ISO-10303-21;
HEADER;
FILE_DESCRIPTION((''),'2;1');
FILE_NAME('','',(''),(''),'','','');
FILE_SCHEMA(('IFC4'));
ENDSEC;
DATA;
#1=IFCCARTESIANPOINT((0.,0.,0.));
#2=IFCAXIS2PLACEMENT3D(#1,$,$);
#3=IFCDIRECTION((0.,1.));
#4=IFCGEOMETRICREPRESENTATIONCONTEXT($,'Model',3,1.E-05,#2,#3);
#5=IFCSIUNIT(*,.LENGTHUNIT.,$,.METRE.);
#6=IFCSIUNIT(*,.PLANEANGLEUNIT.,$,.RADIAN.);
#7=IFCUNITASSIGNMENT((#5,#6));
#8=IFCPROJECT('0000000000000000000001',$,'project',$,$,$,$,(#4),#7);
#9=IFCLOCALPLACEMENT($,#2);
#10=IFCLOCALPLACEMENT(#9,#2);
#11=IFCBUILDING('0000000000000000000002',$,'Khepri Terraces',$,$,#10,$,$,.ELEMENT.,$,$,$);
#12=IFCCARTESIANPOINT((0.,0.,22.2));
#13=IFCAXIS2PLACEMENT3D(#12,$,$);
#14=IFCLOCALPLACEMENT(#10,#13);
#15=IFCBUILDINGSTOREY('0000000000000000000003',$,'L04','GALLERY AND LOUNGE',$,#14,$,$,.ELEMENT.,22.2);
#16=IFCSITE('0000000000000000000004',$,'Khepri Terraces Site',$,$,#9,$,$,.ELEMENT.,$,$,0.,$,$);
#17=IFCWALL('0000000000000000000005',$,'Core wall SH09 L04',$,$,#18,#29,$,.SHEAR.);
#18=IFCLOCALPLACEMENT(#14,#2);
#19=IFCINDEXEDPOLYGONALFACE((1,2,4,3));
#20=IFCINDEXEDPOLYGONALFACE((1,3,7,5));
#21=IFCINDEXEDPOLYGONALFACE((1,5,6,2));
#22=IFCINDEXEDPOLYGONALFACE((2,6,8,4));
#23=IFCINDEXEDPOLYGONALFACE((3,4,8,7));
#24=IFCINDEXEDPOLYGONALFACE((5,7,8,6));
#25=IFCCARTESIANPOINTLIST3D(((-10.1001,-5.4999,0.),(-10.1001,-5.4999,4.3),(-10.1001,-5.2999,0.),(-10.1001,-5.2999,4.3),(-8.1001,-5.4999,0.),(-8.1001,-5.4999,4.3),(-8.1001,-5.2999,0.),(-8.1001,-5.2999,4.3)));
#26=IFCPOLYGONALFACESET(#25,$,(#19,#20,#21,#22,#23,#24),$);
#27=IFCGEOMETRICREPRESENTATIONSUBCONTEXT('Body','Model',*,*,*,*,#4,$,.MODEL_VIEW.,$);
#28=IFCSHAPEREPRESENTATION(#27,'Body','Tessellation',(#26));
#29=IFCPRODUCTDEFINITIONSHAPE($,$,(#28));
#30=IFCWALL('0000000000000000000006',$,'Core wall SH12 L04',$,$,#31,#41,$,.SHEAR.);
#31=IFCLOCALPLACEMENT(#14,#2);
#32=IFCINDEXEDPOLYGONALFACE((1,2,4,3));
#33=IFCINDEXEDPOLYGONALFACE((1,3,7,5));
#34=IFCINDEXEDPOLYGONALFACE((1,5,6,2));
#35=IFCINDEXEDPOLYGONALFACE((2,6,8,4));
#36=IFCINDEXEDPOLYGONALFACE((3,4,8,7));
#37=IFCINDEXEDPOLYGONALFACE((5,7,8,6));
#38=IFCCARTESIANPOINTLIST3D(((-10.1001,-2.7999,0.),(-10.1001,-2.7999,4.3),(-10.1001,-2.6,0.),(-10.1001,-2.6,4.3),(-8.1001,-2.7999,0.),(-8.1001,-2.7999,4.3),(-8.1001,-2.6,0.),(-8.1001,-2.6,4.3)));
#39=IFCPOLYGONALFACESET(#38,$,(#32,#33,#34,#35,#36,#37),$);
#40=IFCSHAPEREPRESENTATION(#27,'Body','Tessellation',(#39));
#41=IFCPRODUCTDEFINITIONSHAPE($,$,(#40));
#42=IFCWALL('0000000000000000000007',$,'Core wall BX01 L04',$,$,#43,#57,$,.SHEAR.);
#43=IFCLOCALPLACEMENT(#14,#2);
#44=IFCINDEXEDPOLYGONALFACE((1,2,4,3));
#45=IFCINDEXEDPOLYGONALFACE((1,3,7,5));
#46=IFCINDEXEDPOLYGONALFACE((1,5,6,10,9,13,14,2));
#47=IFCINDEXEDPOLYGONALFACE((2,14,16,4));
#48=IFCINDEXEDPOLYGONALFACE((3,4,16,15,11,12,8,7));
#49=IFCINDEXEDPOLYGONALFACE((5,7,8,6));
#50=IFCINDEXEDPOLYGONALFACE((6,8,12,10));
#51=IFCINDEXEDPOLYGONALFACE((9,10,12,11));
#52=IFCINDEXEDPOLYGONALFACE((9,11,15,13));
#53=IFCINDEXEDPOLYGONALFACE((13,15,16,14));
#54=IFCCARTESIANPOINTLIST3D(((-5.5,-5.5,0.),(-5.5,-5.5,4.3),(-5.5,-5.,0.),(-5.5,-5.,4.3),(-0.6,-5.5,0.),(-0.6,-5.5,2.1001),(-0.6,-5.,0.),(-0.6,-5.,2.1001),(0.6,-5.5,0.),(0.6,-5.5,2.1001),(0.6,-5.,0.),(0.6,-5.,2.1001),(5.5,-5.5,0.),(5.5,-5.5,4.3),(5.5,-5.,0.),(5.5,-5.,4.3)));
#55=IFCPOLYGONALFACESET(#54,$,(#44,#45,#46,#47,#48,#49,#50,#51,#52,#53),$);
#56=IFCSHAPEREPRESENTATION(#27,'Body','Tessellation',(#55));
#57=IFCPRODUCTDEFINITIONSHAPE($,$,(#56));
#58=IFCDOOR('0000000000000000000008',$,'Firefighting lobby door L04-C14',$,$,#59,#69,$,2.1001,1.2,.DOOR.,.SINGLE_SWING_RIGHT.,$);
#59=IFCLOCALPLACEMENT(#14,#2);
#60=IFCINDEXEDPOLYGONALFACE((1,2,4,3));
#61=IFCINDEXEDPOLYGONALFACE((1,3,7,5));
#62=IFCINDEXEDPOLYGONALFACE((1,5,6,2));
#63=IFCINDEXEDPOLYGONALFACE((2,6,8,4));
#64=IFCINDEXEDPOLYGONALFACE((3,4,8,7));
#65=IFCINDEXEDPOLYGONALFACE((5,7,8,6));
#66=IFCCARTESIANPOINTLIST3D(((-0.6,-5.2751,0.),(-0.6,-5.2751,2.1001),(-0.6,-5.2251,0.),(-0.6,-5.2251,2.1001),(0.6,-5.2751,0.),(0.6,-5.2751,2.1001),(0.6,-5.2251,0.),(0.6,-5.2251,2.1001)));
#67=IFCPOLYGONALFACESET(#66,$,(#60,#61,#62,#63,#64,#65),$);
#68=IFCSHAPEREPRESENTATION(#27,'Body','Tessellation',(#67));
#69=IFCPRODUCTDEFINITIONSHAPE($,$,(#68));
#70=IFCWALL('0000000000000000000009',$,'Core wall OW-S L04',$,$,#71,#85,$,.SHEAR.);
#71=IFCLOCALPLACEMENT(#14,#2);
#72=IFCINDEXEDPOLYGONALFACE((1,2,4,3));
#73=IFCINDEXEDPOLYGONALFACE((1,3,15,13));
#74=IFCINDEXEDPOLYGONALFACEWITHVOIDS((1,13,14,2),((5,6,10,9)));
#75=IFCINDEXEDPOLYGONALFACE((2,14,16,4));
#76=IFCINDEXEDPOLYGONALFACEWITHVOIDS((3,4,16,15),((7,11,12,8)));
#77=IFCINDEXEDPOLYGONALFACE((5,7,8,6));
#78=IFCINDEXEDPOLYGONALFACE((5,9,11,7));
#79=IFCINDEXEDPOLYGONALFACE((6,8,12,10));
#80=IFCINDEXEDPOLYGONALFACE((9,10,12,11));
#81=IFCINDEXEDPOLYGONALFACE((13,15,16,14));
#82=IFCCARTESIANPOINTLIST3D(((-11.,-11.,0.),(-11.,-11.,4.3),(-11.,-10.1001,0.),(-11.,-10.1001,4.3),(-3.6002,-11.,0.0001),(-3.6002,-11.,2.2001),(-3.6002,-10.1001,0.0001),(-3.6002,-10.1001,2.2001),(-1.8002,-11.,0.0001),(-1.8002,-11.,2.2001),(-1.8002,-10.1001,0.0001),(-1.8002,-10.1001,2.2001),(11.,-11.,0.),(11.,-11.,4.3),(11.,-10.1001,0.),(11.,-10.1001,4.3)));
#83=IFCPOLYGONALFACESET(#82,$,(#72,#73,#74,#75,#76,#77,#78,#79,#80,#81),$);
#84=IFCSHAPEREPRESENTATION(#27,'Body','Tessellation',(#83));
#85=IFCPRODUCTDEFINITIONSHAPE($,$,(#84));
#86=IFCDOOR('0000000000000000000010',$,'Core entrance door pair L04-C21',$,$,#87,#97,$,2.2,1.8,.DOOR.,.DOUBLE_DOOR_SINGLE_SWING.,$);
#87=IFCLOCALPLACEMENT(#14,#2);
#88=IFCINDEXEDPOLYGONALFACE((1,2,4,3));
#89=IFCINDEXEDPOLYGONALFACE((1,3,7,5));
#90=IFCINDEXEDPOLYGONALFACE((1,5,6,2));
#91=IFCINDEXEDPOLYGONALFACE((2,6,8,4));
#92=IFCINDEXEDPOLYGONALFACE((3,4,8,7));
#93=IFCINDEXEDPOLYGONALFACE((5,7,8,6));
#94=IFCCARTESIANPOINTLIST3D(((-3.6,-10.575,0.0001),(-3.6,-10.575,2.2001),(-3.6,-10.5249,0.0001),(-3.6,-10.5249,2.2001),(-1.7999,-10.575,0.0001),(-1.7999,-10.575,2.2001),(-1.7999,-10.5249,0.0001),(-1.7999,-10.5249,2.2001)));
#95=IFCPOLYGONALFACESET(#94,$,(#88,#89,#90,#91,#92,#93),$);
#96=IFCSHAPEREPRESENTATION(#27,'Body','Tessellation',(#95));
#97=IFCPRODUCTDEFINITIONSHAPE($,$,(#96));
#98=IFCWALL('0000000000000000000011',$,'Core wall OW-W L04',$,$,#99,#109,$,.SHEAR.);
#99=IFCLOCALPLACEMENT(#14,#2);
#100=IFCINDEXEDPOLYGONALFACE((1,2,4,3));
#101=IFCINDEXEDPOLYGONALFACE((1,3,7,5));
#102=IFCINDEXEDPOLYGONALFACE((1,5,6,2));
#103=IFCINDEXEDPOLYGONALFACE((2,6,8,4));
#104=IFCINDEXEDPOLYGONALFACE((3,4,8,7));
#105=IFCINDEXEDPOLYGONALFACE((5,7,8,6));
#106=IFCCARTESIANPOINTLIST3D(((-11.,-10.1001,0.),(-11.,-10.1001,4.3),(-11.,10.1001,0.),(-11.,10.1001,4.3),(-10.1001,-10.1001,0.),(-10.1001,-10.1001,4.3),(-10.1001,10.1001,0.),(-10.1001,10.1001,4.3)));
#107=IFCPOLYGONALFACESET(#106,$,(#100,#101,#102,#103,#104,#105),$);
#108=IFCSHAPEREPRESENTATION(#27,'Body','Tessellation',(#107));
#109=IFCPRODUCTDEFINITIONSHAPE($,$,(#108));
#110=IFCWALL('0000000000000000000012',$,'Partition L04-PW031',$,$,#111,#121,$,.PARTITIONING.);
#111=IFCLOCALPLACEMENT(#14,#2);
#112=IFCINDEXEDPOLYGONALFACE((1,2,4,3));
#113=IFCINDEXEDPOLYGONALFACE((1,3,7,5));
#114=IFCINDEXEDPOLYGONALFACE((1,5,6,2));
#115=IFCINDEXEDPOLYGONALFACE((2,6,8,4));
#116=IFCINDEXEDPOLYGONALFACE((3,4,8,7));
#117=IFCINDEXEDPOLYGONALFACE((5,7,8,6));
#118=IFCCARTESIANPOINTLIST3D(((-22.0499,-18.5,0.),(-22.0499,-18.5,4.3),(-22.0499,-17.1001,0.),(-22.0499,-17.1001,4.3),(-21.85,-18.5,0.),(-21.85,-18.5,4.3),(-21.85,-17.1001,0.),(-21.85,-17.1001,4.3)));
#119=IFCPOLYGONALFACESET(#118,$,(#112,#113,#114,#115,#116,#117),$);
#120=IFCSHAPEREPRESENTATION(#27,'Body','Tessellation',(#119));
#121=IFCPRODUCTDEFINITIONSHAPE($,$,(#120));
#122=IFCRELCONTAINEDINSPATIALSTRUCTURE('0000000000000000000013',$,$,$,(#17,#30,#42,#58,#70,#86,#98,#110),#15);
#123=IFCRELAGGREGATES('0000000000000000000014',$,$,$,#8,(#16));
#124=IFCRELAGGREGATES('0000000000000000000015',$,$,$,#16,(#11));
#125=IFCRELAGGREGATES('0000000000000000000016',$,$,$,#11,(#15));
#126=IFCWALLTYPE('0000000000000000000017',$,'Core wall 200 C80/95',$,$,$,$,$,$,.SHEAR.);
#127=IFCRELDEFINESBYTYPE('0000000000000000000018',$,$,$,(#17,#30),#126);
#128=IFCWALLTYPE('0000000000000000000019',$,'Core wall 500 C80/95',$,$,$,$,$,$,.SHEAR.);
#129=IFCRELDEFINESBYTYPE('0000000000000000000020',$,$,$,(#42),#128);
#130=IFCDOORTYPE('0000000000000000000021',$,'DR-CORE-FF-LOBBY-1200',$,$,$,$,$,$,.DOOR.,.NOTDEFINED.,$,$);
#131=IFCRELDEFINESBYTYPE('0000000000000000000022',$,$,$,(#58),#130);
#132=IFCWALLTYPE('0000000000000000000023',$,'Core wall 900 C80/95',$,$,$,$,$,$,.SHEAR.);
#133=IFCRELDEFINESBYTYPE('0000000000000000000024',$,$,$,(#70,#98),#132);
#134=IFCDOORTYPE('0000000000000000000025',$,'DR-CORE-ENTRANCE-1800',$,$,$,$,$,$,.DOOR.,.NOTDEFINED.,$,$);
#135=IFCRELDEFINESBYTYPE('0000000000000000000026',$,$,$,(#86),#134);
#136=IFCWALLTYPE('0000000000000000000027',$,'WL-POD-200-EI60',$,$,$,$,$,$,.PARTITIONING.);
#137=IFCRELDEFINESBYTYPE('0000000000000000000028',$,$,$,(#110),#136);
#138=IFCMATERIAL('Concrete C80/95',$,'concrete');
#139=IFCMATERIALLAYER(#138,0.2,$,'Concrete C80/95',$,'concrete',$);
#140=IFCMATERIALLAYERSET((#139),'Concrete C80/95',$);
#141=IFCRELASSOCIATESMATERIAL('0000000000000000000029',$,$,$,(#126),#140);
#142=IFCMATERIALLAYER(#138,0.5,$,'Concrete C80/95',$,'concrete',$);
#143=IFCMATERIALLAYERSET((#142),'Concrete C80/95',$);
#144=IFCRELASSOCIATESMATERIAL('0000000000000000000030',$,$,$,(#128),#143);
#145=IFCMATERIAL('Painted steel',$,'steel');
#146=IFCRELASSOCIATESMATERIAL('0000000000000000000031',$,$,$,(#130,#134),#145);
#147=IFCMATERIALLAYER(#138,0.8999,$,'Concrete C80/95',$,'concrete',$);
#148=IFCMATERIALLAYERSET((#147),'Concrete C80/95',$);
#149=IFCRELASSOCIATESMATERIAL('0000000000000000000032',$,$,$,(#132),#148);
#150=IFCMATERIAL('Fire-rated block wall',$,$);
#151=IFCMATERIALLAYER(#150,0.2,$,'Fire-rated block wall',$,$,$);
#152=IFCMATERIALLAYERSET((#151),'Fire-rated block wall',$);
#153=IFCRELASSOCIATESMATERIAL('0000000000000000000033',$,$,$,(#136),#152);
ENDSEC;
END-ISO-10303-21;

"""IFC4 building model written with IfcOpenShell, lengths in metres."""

from ifc_helpers import new_model, si_unit, direction, frame, frame_2d, origin, place, context, subcontext, project, spatial, rectangle, extrude, material, layer, layer_set, type_object, element, fill, save


model = new_model("IFC4")

# Units and contexts
model_context = context("Model", 3, precision=1e-05, world=origin(), true_north=direction((0.0, 1.0)))
body_context = subcontext(model_context, "Body", "Model", "MODEL_VIEW")
ifc_project = project(units=[si_unit("LENGTHUNIT", "METRE"), si_unit("PLANEANGLEUNIT", "RADIAN")], contexts=[model_context])

# Site, building, storey
site_placement = place(None, origin())
site = spatial("IfcSite", under=ifc_project, at=site_placement, Name="Khepri Terraces Site", CompositionType="ELEMENT", RefElevation=0.0)
building_placement = place(site_placement, origin())
building = spatial("IfcBuilding", under=site, at=building_placement, Name="Khepri Terraces", CompositionType="ELEMENT")
storey_placement = place(building_placement, frame((0.0, 0.0, 22.2)))
storey = spatial("IfcBuildingStorey", under=building, at=storey_placement, Name="L04", Description="GALLERY AND LOUNGE", CompositionType="ELEMENT", Elevation=22.2)

# Shared definitions
ifc_material_1 = material(Name="Concrete C80/95", Category="concrete")

# Shared definitions
ifc_layer_1 = layer(ifc_material_1, 0.2, Name="Concrete C80/95", Category="concrete")
ifc_layer_set_1 = layer_set([ifc_layer_1], Name="Concrete C80/95")
wall_type_1 = type_object("IfcWallType", Name="Core wall 200 C80/95", PredefinedType="SHEAR", material=ifc_layer_set_1)

# Walls
for number, where, z_axis, x_axis, name in (
    (1, (-10.1001, -5.3999, 0.0), (0.0, 0.0, 1.0), (1.0, 0.0, 0.0), "Core wall SH09 L04"),
    (2, (-10.1001, -2.7, 0.0), (0.0, 0.0, 1.0), (1.0, 0.0, 0.0), "Core wall SH12 L04"),
):
    element("IfcWall", number, at=place(storey_placement, frame(where, z_axis=z_axis, x_axis=x_axis)), inside=storey, type_object=wall_type_1, Name=name, PredefinedType="SHEAR", context=body_context, shape_type="SweptSolid", body=[
        extrude(rectangle(XDim=2.0, YDim=0.2, at=frame_2d((1.0, 0.0))), origin(), (0.0, 0.0, 1.0), 4.3),
    ])

# Walls, openings, doors
ifc_layer_2 = layer(ifc_material_1, 0.5, Name="Concrete C80/95", Category="concrete")
ifc_layer_set_2 = layer_set([ifc_layer_2], Name="Concrete C80/95")
wall_type_2 = type_object("IfcWallType", Name="Core wall 500 C80/95", PredefinedType="SHEAR", material=ifc_layer_set_2)
wall_1_placement = place(storey_placement, frame((-5.5, -5.25, 0.0), z_axis=(0.0, 0.0, 1.0), x_axis=(1.0, 0.0, 0.0)))
wall_1 = element("IfcWall", 3, at=wall_1_placement, inside=storey, type_object=wall_type_2, Name="Core wall BX01 L04", PredefinedType="SHEAR", context=body_context, shape_type="SweptSolid", body=[
    extrude(rectangle(XDim=11.0, YDim=0.5, at=frame_2d((5.5, 0.0))), origin(), (0.0, 0.0, 1.0), 4.3),
])
opening_1_placement = place(wall_1_placement, frame((4.8999, 0.0, 0.0)))
opening_1 = element("IfcOpeningElement", 4, at=opening_1_placement, cuts=wall_1, PredefinedType="OPENING", context=body_context, shape_type="SweptSolid", body=[
    extrude(rectangle(XDim=1.2, YDim=2.1001, at=frame_2d((0.6001, 1.05))), frame((0.0, 0.26, 0.0), z_axis=(0.0, -1.0, 0.0), x_axis=(1.0, 0.0, 0.0)), (0.0, 0.0, 1.0), 0.52),
])
ifc_material_2 = material(Name="Painted steel", Category="steel")
door_type_1 = type_object("IfcDoorType", Name="DR-CORE-FF-LOBBY-1200", OperationType="NOTDEFINED", PredefinedType="DOOR", material=ifc_material_2)
door_1_placement = place(opening_1_placement, origin())
door_1 = element("IfcDoor", 5, at=door_1_placement, inside=storey, type_object=door_type_1, Name="Firefighting lobby door L04-C14", OperationType="SINGLE_SWING_RIGHT", OverallHeight=2.1001, OverallWidth=1.2, PredefinedType="DOOR", context=body_context, shape_type="SweptSolid", body=[
    extrude(rectangle(XDim=1.2, YDim=2.1001, at=frame_2d((0.6001, 1.05))), frame((0.0, 0.0249, 0.0), z_axis=(0.0, -1.0, 0.0), x_axis=(1.0, 0.0, 0.0)), (0.0, 0.0, 1.0), 0.05),
])
fill(opening_1, door_1)
ifc_layer_3 = layer(ifc_material_1, 0.8999, Name="Concrete C80/95", Category="concrete")
ifc_layer_set_3 = layer_set([ifc_layer_3], Name="Concrete C80/95")
wall_type_3 = type_object("IfcWallType", Name="Core wall 900 C80/95", PredefinedType="SHEAR", material=ifc_layer_set_3)
wall_2_placement = place(storey_placement, frame((-11.0, -10.55, 0.0), z_axis=(0.0, 0.0, 1.0), x_axis=(1.0, 0.0, 0.0)))
wall_2 = element("IfcWall", 6, at=wall_2_placement, inside=storey, type_object=wall_type_3, Name="Core wall OW-S L04", PredefinedType="SHEAR", context=body_context, shape_type="SweptSolid", body=[
    extrude(rectangle(XDim=22.0, YDim=0.8999, at=frame_2d((11.0, 0.0))), origin(), (0.0, 0.0, 1.0), 4.3),
])
opening_2_placement = place(wall_2_placement, frame((7.3999, 0.0, 0.0)))
opening_2 = element("IfcOpeningElement", 7, at=opening_2_placement, cuts=wall_2, PredefinedType="OPENING", context=body_context, shape_type="SweptSolid", body=[
    extrude(rectangle(XDim=1.8, YDim=2.2, at=frame_2d((0.8999, 1.1001))), frame((0.0, 0.46, 0.0), z_axis=(0.0, -1.0, 0.0), x_axis=(1.0, 0.0, 0.0)), (0.0, 0.0, 1.0), 0.9199),
])
door_type_2 = type_object("IfcDoorType", Name="DR-CORE-ENTRANCE-1800", OperationType="NOTDEFINED", PredefinedType="DOOR", material=ifc_material_2)
door_2_placement = place(opening_2_placement, frame((1.8, 0.0, 0.0), z_axis=(0.0, 0.0, 1.0), x_axis=(-1.0, 0.0, 0.0)))
door_2 = element("IfcDoor", 8, at=door_2_placement, inside=storey, type_object=door_type_2, Name="Core entrance door pair L04-C21", OperationType="DOUBLE_DOOR_SINGLE_SWING", OverallHeight=2.2, OverallWidth=1.8, PredefinedType="DOOR", context=body_context, shape_type="SweptSolid", body=[
    extrude(rectangle(XDim=1.8, YDim=2.2, at=frame_2d((0.8999, 1.1001))), frame((0.0, 0.0249, 0.0), z_axis=(0.0, -1.0, 0.0), x_axis=(1.0, 0.0, 0.0)), (0.0, 0.0, 1.0), 0.05),
])
fill(opening_2, door_2)

# Walls
wall_3_placement = place(storey_placement, frame((-10.55, -10.1001, 0.0), z_axis=(0.0, 0.0, 1.0), x_axis=(0.0, 1.0, 0.0)))
element("IfcWall", 9, at=wall_3_placement, inside=storey, type_object=wall_type_3, Name="Core wall OW-W L04", PredefinedType="SHEAR", context=body_context, shape_type="SweptSolid", body=[
    extrude(rectangle(XDim=20.2002, YDim=0.8999, at=frame_2d((10.1001, 0.0))), origin(), (0.0, 0.0, 1.0), 4.3),
])
ifc_material_3 = material(Name="Fire-rated block wall")
ifc_layer_4 = layer(ifc_material_3, 0.2, Name="Fire-rated block wall")
ifc_layer_set_4 = layer_set([ifc_layer_4], Name="Fire-rated block wall")
wall_type_4 = type_object("IfcWallType", Name="WL-POD-200-EI60", PredefinedType="PARTITIONING", material=ifc_layer_set_4)
wall_4_placement = place(storey_placement, frame((-21.95, -18.5, 0.0), z_axis=(0.0, 0.0, 1.0), x_axis=(0.0, 1.0, 0.0)))
element("IfcWall", 10, at=wall_4_placement, inside=storey, type_object=wall_type_4, Name="Partition L04-PW031", PredefinedType="PARTITIONING", context=body_context, shape_type="SweptSolid", body=[
    extrude(rectangle(XDim=1.3999, YDim=0.2, at=frame_2d((0.7, 0.0))), origin(), (0.0, 0.0, 1.0), 4.3),
])

save(model, "model.ifc")
